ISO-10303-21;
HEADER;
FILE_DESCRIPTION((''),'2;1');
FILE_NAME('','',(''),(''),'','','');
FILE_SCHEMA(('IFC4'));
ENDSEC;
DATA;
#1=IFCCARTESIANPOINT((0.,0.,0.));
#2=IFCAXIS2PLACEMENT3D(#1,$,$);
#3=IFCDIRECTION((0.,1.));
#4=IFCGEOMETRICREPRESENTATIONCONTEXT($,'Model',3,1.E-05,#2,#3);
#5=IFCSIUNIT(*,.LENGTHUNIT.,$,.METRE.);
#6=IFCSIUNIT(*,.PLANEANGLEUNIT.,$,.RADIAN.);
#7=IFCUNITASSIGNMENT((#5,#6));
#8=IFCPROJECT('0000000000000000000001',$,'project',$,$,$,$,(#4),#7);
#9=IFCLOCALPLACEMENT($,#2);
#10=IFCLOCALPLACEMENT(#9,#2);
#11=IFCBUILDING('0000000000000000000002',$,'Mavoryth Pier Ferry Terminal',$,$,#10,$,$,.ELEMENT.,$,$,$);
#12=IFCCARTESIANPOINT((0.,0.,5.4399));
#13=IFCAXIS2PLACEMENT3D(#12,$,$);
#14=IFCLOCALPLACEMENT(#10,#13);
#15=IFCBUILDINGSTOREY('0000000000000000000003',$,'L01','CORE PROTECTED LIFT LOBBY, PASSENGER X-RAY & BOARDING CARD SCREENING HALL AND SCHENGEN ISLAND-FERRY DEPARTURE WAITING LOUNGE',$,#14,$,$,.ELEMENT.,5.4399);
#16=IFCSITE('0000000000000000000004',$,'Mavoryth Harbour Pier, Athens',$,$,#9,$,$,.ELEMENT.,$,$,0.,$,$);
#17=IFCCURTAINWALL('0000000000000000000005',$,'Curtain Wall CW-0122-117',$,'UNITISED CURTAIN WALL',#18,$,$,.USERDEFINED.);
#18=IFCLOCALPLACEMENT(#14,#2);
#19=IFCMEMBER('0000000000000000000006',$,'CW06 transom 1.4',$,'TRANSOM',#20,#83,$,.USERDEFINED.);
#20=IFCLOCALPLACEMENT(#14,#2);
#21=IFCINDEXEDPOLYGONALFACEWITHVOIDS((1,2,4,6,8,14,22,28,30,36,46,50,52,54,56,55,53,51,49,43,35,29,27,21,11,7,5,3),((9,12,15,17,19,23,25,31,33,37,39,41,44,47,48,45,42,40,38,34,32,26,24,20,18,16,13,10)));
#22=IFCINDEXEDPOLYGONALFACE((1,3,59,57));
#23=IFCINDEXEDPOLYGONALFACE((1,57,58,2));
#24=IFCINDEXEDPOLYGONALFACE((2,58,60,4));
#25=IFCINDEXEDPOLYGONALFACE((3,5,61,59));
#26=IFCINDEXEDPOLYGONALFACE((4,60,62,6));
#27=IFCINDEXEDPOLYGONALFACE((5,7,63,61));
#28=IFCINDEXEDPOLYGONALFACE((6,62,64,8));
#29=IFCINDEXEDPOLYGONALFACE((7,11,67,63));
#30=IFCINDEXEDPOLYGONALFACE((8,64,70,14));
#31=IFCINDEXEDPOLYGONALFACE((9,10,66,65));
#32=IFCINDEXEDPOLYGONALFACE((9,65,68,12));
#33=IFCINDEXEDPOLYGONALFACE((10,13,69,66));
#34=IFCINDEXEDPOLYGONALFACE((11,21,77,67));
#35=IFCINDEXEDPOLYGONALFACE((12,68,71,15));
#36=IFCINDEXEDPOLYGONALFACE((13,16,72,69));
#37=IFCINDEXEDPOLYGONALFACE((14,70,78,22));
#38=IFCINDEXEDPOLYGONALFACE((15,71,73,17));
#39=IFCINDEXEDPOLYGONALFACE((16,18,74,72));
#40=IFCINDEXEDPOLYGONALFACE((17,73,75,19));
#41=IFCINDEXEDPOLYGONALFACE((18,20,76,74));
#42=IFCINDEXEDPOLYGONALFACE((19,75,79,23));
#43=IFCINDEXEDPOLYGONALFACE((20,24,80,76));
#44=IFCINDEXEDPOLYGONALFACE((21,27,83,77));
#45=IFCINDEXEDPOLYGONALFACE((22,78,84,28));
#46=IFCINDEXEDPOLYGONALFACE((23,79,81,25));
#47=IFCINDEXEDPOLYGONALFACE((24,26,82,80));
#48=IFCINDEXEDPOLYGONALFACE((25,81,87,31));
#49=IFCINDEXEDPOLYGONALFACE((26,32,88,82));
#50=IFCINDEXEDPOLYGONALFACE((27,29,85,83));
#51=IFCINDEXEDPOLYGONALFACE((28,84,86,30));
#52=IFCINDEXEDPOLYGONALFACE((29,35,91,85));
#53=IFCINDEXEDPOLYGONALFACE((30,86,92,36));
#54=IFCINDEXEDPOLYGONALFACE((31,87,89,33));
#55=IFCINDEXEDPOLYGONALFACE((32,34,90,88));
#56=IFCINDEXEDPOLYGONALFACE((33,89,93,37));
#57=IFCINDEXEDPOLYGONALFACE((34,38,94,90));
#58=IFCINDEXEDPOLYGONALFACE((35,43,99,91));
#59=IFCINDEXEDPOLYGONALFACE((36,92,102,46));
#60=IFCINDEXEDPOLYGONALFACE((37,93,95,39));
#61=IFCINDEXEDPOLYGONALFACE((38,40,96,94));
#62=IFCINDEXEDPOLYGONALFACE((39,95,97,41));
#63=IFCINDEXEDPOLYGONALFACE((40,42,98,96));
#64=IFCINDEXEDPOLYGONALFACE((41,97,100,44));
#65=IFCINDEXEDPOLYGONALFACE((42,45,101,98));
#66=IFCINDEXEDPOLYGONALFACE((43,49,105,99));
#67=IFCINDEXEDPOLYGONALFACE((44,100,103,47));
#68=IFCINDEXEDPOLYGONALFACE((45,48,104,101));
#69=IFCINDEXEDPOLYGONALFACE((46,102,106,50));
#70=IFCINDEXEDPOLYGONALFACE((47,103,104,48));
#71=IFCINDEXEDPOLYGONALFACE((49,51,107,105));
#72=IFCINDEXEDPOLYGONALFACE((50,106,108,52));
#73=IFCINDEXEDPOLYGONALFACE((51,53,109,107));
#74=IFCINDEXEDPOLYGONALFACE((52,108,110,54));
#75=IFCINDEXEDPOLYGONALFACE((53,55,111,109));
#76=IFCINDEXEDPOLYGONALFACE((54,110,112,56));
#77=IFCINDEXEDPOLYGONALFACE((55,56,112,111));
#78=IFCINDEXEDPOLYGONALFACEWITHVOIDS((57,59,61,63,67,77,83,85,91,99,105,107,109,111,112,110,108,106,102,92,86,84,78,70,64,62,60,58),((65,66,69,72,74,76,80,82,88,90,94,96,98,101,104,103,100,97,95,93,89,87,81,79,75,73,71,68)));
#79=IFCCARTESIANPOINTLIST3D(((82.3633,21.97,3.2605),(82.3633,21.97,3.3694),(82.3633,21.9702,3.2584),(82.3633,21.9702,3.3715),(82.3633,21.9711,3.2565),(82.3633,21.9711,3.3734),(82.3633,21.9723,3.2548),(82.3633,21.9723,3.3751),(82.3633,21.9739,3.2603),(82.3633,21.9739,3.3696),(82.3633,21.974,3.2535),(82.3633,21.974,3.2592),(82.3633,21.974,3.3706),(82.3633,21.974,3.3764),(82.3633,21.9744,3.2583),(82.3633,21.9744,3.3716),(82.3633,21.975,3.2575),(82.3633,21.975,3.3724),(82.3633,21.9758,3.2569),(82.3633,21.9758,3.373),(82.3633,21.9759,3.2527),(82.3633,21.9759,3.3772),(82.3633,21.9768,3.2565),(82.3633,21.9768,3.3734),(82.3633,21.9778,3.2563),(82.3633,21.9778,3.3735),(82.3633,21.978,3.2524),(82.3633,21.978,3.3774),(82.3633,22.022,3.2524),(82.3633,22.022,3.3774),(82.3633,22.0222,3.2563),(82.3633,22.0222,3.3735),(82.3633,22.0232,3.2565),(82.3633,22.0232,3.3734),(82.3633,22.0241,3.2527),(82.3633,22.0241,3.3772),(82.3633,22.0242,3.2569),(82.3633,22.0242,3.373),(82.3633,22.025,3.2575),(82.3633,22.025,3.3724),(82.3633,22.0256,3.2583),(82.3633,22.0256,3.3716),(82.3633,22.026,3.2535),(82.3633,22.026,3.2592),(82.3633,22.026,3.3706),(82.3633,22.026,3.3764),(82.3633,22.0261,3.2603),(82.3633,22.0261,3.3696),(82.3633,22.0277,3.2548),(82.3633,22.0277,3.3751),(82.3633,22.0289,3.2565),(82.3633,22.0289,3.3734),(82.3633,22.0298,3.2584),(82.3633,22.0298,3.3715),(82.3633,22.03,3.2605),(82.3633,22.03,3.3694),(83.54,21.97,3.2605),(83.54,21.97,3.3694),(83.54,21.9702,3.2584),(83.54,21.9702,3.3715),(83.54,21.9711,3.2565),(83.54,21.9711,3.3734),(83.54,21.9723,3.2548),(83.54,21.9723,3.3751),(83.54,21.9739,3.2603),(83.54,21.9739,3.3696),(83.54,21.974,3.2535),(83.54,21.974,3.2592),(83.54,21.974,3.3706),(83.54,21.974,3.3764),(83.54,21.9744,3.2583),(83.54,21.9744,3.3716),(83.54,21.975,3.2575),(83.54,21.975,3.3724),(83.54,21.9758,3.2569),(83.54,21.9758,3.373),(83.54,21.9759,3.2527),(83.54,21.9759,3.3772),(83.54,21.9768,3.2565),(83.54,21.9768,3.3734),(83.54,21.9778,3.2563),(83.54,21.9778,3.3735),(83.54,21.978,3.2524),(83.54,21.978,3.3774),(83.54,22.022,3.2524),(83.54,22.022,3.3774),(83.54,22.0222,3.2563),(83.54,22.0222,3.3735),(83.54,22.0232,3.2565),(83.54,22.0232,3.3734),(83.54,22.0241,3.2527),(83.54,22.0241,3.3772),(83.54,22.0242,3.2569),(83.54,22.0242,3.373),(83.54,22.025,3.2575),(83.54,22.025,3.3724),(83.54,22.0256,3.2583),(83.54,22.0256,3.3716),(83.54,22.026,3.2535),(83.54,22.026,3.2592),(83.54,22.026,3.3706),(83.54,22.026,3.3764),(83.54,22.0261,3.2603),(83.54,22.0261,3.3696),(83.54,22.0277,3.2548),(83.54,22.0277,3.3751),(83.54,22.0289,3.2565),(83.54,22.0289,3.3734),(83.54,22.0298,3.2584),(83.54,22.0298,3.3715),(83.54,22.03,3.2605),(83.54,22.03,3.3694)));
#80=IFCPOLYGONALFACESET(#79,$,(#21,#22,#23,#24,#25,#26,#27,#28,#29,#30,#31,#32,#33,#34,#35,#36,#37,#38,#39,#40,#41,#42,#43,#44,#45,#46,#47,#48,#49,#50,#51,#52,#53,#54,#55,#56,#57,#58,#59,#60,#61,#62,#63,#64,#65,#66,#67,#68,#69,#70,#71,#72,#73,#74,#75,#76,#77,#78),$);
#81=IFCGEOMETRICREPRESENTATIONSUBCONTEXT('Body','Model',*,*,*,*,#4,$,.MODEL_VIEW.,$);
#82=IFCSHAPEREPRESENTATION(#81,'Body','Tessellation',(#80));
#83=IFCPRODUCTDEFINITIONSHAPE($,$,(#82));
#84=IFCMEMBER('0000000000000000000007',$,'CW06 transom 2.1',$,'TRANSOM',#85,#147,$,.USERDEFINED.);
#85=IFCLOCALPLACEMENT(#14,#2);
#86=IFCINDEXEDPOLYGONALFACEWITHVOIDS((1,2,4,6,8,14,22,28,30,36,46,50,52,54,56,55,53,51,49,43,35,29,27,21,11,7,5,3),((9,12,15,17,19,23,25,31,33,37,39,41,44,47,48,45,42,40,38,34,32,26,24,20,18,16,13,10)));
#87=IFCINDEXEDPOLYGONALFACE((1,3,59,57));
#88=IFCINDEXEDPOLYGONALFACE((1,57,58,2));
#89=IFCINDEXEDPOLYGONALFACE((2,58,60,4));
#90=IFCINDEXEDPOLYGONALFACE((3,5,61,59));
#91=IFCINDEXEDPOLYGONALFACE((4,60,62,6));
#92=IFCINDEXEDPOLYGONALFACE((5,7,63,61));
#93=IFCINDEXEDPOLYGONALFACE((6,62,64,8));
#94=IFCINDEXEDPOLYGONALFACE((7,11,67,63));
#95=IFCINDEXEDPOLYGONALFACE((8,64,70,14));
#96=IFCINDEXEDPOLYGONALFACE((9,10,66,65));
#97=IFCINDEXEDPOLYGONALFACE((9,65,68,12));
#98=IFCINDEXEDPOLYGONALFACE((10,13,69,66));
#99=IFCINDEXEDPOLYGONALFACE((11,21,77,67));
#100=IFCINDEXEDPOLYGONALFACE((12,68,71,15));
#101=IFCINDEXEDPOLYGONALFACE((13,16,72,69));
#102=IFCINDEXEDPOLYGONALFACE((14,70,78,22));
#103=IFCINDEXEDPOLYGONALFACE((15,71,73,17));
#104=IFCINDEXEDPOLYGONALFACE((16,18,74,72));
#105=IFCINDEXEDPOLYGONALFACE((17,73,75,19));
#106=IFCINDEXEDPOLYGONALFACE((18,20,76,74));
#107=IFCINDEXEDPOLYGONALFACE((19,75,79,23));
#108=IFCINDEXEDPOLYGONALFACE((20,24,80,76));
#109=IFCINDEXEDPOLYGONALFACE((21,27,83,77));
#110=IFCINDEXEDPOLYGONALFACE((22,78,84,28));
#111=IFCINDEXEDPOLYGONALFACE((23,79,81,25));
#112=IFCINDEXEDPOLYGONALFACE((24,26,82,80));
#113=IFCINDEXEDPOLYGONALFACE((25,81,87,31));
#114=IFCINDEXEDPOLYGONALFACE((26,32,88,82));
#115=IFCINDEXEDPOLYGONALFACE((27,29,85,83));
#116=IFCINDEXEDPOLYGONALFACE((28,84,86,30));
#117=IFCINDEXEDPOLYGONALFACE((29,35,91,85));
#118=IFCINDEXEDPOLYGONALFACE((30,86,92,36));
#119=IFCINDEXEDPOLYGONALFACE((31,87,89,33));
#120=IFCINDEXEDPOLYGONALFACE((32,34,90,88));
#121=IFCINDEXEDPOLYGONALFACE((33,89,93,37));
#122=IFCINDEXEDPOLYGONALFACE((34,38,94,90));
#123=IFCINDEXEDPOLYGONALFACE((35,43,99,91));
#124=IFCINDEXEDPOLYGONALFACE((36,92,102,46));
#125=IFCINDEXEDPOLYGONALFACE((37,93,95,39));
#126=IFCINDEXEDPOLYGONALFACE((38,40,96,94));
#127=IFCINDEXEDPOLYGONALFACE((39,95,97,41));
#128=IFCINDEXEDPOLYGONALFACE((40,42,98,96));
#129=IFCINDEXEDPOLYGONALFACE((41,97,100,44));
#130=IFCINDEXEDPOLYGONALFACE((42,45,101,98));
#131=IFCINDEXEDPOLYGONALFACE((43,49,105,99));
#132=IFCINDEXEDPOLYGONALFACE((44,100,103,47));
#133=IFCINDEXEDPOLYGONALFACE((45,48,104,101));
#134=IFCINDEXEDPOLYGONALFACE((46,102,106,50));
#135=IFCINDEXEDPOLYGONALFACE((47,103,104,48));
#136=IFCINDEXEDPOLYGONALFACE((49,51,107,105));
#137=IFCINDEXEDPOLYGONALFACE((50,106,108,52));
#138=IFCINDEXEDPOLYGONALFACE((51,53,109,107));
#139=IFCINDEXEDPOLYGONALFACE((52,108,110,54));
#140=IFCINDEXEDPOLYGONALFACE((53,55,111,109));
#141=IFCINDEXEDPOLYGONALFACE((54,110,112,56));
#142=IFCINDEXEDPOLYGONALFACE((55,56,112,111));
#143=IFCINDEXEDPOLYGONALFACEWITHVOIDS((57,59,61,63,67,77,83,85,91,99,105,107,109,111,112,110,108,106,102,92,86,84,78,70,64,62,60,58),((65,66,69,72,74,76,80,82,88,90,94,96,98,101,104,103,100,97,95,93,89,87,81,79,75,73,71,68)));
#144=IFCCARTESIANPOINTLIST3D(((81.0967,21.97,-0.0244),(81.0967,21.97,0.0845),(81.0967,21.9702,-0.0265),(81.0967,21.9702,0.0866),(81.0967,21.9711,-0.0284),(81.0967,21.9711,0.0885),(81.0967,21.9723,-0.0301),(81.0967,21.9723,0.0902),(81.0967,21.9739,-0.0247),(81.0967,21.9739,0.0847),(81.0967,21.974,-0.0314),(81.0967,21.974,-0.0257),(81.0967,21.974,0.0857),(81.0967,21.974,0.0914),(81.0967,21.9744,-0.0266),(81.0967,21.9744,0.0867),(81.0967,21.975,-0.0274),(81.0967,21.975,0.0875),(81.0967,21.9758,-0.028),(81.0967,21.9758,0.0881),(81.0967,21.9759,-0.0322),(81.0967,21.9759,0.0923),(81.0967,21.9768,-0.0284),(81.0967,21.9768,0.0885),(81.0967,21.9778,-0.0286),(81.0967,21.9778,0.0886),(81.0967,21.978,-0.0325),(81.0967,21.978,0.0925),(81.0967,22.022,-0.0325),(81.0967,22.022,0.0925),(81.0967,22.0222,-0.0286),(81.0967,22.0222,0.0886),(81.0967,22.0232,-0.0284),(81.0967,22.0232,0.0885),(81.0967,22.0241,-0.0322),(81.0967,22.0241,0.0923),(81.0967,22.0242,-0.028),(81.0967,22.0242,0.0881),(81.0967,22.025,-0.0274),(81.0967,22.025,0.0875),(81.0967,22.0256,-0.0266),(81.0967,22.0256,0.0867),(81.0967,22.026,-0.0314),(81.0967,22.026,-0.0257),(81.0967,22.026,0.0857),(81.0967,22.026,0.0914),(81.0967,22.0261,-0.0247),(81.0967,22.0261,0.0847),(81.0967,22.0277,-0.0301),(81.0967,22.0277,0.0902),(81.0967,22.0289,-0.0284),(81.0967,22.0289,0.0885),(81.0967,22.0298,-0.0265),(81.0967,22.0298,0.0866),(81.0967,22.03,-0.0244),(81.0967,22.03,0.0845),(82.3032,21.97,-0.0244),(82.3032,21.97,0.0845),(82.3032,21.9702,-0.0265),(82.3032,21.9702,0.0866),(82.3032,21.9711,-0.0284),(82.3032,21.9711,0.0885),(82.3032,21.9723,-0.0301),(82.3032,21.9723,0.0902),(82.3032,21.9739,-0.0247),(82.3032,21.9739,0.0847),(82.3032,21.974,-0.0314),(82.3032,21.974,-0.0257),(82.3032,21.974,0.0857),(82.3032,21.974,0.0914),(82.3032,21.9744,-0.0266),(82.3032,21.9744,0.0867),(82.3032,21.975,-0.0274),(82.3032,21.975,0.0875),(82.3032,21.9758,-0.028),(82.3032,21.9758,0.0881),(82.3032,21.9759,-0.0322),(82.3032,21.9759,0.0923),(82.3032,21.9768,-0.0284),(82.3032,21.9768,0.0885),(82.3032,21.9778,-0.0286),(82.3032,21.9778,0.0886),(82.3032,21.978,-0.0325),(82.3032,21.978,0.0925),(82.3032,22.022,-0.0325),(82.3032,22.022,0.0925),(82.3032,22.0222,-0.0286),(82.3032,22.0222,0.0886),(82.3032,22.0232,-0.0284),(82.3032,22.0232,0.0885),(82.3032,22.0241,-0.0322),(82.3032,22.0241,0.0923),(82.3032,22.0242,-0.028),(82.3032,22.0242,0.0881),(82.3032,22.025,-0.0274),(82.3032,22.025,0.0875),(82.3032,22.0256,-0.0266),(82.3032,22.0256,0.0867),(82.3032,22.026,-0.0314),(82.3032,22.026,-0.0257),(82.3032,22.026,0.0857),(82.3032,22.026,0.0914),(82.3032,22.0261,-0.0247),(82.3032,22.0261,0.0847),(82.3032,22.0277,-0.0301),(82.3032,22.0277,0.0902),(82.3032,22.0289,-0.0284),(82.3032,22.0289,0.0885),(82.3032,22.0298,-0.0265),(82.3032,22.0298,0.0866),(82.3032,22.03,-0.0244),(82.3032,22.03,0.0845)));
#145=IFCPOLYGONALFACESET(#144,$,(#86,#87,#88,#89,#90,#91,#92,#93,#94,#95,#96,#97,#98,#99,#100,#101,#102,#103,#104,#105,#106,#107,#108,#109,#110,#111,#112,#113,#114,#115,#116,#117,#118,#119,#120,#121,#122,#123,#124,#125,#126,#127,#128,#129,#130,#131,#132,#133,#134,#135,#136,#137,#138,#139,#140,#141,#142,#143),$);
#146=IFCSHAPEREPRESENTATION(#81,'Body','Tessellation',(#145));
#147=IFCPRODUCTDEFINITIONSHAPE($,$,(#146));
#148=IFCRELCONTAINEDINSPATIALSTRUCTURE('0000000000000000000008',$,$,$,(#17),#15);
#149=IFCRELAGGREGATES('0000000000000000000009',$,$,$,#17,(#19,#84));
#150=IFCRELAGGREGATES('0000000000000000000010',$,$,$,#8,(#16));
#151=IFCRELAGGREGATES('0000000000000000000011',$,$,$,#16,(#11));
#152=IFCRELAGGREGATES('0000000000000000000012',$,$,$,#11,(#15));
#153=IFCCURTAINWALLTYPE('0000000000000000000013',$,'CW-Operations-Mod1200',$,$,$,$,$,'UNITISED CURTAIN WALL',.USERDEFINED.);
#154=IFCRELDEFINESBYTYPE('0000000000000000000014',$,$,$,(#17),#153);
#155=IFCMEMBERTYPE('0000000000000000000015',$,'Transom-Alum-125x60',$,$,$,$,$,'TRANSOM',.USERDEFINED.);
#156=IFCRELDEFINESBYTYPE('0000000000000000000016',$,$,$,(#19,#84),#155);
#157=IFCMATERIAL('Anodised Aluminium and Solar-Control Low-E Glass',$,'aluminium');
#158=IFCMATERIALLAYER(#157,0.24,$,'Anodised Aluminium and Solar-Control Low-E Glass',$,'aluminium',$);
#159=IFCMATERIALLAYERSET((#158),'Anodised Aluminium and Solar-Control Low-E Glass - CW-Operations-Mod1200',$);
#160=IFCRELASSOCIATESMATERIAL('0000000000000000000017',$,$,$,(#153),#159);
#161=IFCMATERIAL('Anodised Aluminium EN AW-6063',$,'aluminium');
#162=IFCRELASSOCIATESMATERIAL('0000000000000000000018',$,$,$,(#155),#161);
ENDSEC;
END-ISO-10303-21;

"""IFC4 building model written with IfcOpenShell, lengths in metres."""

from ifc_helpers import new_model, si_unit, direction, frame, origin, origin_2d, place, context, subcontext, project, spatial, hollow_rectangle, extrude, material, layer, layer_set, material_profile, profile_set, type_object, element, aggregate, save


model = new_model("IFC4")

# Units and contexts
model_context = context("Model", 3, precision=1e-05, world=origin(), true_north=direction((0.0, 1.0)))
body_context = subcontext(model_context, "Body", "Model", "MODEL_VIEW")
ifc_project = project(units=[si_unit("LENGTHUNIT", "METRE"), si_unit("PLANEANGLEUNIT", "RADIAN")], contexts=[model_context])

# Site, building, storey
site_placement = place(None, origin())
site = spatial("IfcSite", under=ifc_project, at=site_placement, Name="Mavoryth Harbour Pier, Athens", CompositionType="ELEMENT", RefElevation=0.0)
building_placement = place(site_placement, origin())
building = spatial("IfcBuilding", under=site, at=building_placement, Name="Mavoryth Pier Ferry Terminal", CompositionType="ELEMENT")
storey_placement = place(building_placement, frame((0.0, 0.0, 5.4399)))
storey = spatial("IfcBuildingStorey", under=building, at=storey_placement, Name="L01", Description="CORE PROTECTED LIFT LOBBY, PASSENGER X-RAY & BOARDING CARD SCREENING HALL AND SCHENGEN ISLAND-FERRY DEPARTURE WAITING LOUNGE", CompositionType="ELEMENT", Elevation=5.4399)

# Curtain wall
ifc_material_1 = material(Name="Anodised Aluminium and Solar-Control Low-E Glass", Category="aluminium")
ifc_layer_1 = layer(ifc_material_1, 0.24, Name="Anodised Aluminium and Solar-Control Low-E Glass", Category="aluminium")
ifc_layer_set_1 = layer_set([ifc_layer_1], Name="Anodised Aluminium and Solar-Control Low-E Glass - CW-Operations-Mod1200")
curtain_wall_type = type_object("IfcCurtainWallType", Name="CW-Operations-Mod1200", ElementType="UNITISED CURTAIN WALL", PredefinedType="USERDEFINED", material=ifc_layer_set_1)
curtain_wall_1_placement = place(storey_placement, origin())
curtain_wall_1 = element("IfcCurtainWall", 1, at=curtain_wall_1_placement, inside=storey, type_object=curtain_wall_type, Name="Curtain Wall CW-0122-117", ObjectType="UNITISED CURTAIN WALL", PredefinedType="USERDEFINED")
ifc_material_2 = material(Name="Anodised Aluminium EN AW-6063", Category="aluminium")

# Members
ifc_material_profile_1 = material_profile(ifc_material_2, hollow_rectangle(XDim=0.0601, YDim=0.125, WallThickness=0.0039, InnerFilletRadius=0.0039, OuterFilletRadius=0.0081, at=origin_2d()), Name="AL-TRAN 125x60x4", Category="aluminium")
ifc_profile_set_1 = profile_set([ifc_material_profile_1], Name="Anodised Aluminium EN AW-6063 - AL-TRAN 125x60x4")
member_type_1 = type_object("IfcMemberType", Name="Transom-Alum-125x60", ElementType="TRANSOM", PredefinedType="USERDEFINED", material=ifc_profile_set_1)
member_1_placement = place(storey_placement, frame((83.54, 22.0, 3.3149), z_axis=(-1.0, 0.0, 0.0), x_axis=(0.0, -1.0, 0.0)))
member_1 = element("IfcMember", 2, at=member_1_placement, type_object=member_type_1, Name="CW06 transom 1.4", ObjectType="TRANSOM", PredefinedType="USERDEFINED", context=body_context, shape_type="SweptSolid", body=[
    extrude(hollow_rectangle(XDim=0.0601, YDim=0.125, WallThickness=0.0039, InnerFilletRadius=0.0039, OuterFilletRadius=0.0081, at=origin_2d()), origin(), (0.0, 0.0, 1.0), 1.1768),
])
member_2_placement = place(storey_placement, frame((82.3032, 22.0, 0.03), z_axis=(-1.0, 0.0, 0.0), x_axis=(0.0, -1.0, 0.0)))
member_2 = element("IfcMember", 3, at=member_2_placement, type_object=member_type_1, Name="CW06 transom 2.1", ObjectType="TRANSOM", PredefinedType="USERDEFINED", context=body_context, shape_type="SweptSolid", body=[
    extrude(hollow_rectangle(XDim=0.0601, YDim=0.125, WallThickness=0.0039, InnerFilletRadius=0.0039, OuterFilletRadius=0.0081, at=origin_2d()), origin(), (0.0, 0.0, 1.0), 1.2065),
])

aggregate(curtain_wall_1, [member_1, member_2])

save(model, "model.ifc")
